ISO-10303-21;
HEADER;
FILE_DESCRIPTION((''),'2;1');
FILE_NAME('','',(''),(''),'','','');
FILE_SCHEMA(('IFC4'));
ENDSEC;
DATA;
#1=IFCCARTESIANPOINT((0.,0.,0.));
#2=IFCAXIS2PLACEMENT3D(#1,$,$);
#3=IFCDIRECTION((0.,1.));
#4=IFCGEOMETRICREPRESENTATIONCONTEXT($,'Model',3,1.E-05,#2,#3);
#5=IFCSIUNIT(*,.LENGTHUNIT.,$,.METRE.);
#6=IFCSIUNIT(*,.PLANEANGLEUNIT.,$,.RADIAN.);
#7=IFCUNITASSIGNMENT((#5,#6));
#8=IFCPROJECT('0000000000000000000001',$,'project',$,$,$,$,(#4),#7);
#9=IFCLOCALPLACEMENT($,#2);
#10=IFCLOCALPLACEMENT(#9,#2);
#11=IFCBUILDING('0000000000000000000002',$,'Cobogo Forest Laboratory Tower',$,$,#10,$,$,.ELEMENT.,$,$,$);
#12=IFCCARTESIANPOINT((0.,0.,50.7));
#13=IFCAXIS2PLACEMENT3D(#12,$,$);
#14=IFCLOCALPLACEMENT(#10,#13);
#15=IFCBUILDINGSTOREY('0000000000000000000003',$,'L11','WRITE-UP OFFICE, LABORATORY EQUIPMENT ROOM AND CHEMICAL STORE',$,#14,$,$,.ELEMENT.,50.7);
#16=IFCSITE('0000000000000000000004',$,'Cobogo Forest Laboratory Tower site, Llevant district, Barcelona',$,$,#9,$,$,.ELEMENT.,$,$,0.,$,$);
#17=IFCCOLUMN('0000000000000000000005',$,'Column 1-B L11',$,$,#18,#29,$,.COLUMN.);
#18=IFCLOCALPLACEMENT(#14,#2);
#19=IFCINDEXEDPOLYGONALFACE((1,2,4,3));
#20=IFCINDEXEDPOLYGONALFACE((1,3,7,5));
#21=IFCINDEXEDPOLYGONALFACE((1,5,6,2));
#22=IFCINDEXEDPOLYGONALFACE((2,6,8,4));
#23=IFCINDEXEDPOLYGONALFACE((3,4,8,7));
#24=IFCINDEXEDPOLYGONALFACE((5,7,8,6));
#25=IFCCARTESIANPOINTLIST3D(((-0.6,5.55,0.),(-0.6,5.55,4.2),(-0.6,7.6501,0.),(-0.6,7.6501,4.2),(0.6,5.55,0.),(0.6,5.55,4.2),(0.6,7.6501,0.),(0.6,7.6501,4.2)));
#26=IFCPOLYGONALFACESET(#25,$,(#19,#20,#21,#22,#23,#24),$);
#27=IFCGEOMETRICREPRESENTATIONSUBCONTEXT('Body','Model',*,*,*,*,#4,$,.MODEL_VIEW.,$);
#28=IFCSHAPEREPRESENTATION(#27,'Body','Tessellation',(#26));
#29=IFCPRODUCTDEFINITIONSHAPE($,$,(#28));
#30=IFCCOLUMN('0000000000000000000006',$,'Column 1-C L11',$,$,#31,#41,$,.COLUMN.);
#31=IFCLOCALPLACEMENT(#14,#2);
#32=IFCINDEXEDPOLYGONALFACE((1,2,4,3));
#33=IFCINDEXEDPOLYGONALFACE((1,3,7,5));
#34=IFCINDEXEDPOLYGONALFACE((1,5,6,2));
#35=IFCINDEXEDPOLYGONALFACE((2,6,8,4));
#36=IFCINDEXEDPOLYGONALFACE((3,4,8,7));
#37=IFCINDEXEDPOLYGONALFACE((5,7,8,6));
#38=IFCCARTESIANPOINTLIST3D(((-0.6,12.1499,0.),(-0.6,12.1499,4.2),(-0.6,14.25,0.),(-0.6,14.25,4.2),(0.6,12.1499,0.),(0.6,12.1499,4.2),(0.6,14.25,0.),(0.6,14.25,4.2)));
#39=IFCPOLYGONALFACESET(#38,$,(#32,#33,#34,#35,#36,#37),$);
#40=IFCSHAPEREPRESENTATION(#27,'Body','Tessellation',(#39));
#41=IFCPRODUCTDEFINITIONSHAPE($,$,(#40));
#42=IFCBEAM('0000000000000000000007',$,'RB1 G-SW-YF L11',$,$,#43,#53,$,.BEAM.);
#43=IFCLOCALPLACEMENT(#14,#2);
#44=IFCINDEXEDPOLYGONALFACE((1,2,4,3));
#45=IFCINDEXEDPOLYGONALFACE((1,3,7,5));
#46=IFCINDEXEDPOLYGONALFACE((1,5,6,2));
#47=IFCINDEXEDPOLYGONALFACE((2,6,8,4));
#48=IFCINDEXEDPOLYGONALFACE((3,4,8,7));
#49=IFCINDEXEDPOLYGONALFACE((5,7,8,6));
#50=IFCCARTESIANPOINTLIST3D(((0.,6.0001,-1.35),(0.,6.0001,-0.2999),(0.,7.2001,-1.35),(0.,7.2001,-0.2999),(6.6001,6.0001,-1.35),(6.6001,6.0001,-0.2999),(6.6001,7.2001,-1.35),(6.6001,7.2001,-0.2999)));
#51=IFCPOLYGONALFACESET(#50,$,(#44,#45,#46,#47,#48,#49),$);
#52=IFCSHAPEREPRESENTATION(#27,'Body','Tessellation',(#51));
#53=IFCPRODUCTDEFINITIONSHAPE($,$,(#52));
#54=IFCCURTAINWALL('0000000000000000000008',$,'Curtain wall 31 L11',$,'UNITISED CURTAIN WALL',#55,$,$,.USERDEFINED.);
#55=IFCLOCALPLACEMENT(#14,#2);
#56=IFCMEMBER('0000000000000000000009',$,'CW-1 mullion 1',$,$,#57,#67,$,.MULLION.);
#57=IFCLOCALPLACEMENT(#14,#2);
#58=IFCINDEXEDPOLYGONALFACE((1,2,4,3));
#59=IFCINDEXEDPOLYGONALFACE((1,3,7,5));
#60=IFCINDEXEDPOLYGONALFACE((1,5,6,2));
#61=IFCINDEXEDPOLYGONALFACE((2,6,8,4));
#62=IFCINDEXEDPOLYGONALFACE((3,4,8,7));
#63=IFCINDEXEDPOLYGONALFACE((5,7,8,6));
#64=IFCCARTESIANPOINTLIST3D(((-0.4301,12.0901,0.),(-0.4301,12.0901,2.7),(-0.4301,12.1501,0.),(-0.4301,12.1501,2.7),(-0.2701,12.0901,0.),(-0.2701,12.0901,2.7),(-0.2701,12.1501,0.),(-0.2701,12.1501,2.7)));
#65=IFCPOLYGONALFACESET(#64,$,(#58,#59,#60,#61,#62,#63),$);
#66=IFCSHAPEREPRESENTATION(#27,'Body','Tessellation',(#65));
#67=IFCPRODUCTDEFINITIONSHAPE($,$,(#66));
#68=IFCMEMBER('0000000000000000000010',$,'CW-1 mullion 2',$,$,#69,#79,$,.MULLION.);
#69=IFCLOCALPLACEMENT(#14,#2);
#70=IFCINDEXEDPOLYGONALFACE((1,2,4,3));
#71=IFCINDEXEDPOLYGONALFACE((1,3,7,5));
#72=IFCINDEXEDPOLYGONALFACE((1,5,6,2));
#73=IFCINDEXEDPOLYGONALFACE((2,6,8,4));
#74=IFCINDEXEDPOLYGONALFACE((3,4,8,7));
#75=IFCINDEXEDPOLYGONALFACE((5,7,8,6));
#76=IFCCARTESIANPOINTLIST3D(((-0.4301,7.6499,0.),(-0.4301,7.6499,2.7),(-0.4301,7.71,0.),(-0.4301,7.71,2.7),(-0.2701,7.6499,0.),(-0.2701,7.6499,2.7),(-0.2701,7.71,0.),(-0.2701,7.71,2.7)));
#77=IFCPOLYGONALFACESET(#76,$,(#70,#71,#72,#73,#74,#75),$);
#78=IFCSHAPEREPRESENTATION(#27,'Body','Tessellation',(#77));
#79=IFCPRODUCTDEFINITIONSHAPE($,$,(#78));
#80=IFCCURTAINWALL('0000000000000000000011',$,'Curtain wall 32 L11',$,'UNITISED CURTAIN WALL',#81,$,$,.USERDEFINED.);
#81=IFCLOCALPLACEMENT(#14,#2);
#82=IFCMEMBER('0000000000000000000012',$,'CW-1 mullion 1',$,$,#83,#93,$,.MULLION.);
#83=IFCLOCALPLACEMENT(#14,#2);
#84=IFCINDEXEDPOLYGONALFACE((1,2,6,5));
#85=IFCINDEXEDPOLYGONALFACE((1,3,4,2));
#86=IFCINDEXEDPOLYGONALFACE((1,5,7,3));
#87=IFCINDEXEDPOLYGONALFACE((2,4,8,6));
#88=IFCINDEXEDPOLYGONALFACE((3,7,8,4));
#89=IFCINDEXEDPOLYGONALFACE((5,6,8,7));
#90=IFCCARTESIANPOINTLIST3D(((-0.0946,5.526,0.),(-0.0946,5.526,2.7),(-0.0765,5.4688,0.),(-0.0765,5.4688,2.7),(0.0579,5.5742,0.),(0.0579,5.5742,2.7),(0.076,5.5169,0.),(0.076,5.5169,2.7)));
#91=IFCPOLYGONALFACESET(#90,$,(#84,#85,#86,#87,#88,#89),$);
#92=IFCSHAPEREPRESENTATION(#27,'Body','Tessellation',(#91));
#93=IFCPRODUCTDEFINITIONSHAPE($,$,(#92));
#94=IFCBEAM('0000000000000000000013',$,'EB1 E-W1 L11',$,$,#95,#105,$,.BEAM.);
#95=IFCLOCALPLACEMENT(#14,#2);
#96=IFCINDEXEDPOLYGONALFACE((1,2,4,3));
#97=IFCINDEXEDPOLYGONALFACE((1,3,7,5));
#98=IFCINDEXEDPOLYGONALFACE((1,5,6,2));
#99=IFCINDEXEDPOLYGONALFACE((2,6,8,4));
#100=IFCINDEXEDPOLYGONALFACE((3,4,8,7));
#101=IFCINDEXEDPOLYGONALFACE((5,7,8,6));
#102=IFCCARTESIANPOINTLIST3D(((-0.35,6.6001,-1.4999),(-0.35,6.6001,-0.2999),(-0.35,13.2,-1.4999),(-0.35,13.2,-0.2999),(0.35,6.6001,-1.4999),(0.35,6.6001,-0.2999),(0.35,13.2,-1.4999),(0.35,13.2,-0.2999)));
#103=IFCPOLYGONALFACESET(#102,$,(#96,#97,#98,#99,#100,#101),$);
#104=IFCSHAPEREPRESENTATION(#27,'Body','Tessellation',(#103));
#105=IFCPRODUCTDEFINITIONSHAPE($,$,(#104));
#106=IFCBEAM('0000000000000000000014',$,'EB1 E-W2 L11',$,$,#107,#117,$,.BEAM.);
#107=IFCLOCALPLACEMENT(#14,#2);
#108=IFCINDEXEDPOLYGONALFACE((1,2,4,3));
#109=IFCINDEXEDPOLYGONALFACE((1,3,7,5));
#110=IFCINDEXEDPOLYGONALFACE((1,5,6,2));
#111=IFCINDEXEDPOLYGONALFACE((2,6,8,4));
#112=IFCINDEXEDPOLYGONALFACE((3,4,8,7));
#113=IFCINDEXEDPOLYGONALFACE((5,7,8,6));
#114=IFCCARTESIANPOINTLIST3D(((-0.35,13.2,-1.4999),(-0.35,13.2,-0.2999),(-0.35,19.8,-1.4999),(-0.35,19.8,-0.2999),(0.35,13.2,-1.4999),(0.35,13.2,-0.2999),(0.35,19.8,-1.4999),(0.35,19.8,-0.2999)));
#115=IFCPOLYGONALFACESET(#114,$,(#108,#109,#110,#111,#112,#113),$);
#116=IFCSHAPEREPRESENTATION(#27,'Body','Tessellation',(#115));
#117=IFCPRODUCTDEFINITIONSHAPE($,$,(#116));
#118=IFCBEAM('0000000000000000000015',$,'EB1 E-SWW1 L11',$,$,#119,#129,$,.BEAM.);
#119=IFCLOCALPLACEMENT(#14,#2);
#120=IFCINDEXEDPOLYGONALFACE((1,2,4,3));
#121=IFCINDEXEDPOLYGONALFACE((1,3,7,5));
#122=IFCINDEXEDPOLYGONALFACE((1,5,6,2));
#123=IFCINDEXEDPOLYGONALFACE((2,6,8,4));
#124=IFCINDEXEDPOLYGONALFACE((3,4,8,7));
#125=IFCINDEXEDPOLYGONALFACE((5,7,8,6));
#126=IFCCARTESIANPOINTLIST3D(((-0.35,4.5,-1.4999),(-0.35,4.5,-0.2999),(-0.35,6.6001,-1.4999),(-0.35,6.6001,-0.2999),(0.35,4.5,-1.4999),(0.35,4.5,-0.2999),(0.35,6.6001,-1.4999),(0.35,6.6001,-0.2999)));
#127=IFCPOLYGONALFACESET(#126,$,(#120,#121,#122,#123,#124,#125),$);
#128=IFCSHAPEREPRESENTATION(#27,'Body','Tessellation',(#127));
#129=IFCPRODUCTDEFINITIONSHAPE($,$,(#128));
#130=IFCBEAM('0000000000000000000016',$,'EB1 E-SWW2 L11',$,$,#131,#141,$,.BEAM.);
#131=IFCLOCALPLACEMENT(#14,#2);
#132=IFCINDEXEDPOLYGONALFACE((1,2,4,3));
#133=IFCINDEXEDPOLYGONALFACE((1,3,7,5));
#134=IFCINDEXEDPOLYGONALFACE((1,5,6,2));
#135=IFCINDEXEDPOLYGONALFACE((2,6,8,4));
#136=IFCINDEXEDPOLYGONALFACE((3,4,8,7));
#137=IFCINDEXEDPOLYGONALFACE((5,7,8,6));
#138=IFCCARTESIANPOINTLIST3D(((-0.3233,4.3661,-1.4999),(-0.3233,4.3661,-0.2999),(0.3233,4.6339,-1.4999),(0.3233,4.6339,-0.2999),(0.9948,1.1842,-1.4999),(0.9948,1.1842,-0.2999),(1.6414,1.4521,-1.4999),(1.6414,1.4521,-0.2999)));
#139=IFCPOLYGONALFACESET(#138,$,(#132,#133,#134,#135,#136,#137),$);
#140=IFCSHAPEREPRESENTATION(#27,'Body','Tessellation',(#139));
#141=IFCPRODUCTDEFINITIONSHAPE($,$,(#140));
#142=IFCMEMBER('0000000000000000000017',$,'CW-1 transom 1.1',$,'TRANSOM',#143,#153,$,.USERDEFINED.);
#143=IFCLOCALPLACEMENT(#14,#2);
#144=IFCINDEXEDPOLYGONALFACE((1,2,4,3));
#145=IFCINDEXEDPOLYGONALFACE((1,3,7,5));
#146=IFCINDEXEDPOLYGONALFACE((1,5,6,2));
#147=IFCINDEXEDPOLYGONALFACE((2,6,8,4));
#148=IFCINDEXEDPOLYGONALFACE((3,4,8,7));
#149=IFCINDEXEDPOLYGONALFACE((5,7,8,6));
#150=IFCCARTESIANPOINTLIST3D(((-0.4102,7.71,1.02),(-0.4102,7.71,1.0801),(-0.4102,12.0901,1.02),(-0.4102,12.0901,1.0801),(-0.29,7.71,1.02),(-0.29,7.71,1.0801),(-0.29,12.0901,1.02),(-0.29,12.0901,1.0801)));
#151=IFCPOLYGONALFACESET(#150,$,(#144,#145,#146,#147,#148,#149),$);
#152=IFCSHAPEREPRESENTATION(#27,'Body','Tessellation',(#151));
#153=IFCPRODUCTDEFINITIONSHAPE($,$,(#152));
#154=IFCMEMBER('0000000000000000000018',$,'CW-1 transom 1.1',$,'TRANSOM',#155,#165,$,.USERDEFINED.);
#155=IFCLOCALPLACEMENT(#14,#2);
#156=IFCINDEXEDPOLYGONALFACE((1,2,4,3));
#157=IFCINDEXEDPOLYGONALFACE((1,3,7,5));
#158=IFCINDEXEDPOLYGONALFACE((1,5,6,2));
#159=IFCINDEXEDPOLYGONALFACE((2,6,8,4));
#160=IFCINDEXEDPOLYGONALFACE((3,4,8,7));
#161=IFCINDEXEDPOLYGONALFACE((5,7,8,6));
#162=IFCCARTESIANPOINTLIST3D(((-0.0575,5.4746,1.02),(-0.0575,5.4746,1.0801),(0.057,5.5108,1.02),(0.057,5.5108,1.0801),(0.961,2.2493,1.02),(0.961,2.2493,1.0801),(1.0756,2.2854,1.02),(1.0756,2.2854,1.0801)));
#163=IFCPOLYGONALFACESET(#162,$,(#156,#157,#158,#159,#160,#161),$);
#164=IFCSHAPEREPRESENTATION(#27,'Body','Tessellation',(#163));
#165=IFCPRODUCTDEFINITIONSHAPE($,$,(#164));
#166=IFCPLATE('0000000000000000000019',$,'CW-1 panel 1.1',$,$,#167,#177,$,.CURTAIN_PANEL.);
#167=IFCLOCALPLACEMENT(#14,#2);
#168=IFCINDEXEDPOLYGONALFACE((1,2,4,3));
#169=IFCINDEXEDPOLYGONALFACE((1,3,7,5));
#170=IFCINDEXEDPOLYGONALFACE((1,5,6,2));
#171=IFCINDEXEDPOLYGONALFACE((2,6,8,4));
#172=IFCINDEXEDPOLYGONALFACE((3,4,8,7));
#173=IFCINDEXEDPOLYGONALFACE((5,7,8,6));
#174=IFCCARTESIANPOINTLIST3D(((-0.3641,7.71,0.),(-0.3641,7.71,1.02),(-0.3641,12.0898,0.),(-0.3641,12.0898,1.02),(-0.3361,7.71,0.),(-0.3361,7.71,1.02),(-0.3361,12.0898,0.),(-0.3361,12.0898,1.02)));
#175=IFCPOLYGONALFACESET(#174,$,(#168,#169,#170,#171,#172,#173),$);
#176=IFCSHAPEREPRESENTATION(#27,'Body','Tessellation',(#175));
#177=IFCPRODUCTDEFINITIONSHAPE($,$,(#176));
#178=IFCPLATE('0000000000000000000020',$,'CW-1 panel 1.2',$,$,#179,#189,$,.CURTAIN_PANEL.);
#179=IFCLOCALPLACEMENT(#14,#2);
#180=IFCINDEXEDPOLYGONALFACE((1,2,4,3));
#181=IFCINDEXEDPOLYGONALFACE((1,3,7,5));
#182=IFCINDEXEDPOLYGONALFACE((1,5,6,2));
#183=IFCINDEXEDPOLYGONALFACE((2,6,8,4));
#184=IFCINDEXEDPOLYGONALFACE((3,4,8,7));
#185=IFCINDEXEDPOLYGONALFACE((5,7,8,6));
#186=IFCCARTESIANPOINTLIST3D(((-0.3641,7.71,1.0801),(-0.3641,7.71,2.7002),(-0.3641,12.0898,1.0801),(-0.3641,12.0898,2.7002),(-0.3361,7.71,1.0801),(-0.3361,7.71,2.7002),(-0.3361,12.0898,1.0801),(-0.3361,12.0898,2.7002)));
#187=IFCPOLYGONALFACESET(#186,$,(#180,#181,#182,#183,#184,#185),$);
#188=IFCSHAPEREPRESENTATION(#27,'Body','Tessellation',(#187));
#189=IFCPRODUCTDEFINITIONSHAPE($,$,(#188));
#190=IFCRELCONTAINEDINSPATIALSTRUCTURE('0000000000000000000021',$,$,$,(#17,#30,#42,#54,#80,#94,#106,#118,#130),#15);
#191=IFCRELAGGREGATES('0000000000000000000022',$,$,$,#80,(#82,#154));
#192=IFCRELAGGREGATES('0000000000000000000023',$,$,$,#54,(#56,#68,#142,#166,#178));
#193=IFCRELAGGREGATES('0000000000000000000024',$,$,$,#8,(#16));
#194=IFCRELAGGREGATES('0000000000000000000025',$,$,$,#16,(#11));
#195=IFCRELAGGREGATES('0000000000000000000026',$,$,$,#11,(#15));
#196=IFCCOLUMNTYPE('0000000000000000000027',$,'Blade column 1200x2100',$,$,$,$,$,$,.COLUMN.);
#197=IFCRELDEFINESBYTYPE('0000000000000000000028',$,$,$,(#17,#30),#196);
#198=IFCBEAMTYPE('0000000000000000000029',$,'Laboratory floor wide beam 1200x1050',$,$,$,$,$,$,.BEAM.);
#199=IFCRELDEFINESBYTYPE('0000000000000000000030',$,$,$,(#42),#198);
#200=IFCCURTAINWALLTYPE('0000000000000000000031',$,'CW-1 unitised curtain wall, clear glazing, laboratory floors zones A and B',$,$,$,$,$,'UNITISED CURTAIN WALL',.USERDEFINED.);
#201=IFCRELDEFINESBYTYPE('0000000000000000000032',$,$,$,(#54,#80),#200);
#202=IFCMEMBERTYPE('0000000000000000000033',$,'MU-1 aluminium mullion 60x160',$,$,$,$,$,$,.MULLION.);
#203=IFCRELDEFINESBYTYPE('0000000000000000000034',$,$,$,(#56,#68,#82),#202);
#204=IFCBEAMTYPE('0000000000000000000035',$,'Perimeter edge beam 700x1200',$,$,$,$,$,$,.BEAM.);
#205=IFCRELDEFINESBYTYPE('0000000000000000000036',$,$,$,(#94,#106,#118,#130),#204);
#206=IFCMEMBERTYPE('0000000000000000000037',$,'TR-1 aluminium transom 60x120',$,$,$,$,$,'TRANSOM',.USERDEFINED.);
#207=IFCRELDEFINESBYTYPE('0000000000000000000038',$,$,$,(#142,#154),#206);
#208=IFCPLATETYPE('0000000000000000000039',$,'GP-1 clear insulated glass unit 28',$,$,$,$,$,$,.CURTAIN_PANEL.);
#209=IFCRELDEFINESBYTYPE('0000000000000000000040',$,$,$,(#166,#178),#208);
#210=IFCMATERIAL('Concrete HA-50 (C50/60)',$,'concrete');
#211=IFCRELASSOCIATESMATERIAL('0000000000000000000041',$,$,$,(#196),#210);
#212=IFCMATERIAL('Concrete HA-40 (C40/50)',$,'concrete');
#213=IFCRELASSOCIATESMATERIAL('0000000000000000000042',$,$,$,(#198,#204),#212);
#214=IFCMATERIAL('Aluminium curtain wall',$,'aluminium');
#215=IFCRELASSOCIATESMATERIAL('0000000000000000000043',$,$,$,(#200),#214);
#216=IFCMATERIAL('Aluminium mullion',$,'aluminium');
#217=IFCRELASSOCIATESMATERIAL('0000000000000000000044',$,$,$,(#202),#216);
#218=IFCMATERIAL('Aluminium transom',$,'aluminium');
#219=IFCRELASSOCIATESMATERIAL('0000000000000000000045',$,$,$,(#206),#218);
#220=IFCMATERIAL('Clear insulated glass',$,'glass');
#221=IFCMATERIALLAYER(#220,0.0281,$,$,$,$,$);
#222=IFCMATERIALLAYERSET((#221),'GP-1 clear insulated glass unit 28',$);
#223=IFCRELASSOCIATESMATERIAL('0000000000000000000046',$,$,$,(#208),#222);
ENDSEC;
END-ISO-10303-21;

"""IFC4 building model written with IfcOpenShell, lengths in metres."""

from ifc_helpers import new_model, si_unit, direction, frame, origin, origin_2d, place, context, subcontext, project, spatial, rectangle, extrude, material, layer, layer_set, material_profile, profile_set, type_object, element, aggregate, save


model = new_model("IFC4")

# Units and contexts
model_context = context("Model", 3, precision=1e-05, world=origin(), true_north=direction((0.0, 1.0)))
body_context = subcontext(model_context, "Body", "Model", "MODEL_VIEW")
ifc_project = project(units=[si_unit("LENGTHUNIT", "METRE"), si_unit("PLANEANGLEUNIT", "RADIAN")], contexts=[model_context])

# Site, building, storey
site_placement = place(None, origin())
site = spatial("IfcSite", under=ifc_project, at=site_placement, Name="Cobogo Forest Laboratory Tower site, Llevant district, Barcelona", CompositionType="ELEMENT", RefElevation=0.0)
building_placement = place(site_placement, origin())
building = spatial("IfcBuilding", under=site, at=building_placement, Name="Cobogo Forest Laboratory Tower", CompositionType="ELEMENT")
storey_placement = place(building_placement, frame((0.0, 0.0, 50.7)))
storey = spatial("IfcBuildingStorey", under=building, at=storey_placement, Name="L11", Description="WRITE-UP OFFICE, LABORATORY EQUIPMENT ROOM AND CHEMICAL STORE", CompositionType="ELEMENT", Elevation=50.7)

# Columns
ifc_material_1 = material(Name="Concrete HA-50 (C50/60)", Category="concrete")
ifc_material_profile_1 = material_profile(ifc_material_1, rectangle(XDim=2.1001, YDim=1.2, at=origin_2d()), Name="RC 1200x2100")
ifc_profile_set_1 = profile_set([ifc_material_profile_1], Name="Concrete HA-50 (C50/60)")
column_type = type_object("IfcColumnType", Name="Blade column 1200x2100", PredefinedType="COLUMN", material=ifc_profile_set_1)
for number, where, z_axis, x_axis, name in (
    (1, (0.0, 6.6001, 0.0), (0.0, 0.0, 1.0), (0.0, 1.0, 0.0), "Column 1-B L11"),
    (2, (0.0, 13.2, 0.0), (0.0, 0.0, 1.0), (0.0, 1.0, 0.0), "Column 1-C L11"),
):
    element("IfcColumn", number, at=place(storey_placement, frame(where, z_axis=z_axis, x_axis=x_axis)), inside=storey, type_object=column_type, Name=name, PredefinedType="COLUMN", context=body_context, shape_type="SweptSolid", body=[
        extrude(rectangle(XDim=2.1001, YDim=1.2, at=origin_2d()), origin(), (0.0, 0.0, 1.0), 4.2),
    ])

# Beam
ifc_material_2 = material(Name="Concrete HA-40 (C40/50)", Category="concrete")
ifc_material_profile_2 = material_profile(ifc_material_2, rectangle(XDim=1.2, YDim=1.05, at=origin_2d()), Name="RC 1200x1050")
ifc_profile_set_2 = profile_set([ifc_material_profile_2], Name="Concrete HA-40 (C40/50)")
beam_type_1 = type_object("IfcBeamType", Name="Laboratory floor wide beam 1200x1050", PredefinedType="BEAM", material=ifc_profile_set_2)
beam_1_placement = place(storey_placement, frame((0.0, 6.6001, -0.825), z_axis=(1.0, 0.0, 0.0), x_axis=(0.0, 1.0, 0.0)))
element("IfcBeam", 3, at=beam_1_placement, inside=storey, type_object=beam_type_1, Name="RB1 G-SW-YF L11", PredefinedType="BEAM", context=body_context, shape_type="SweptSolid", body=[
    extrude(rectangle(XDim=1.2, YDim=1.05, at=origin_2d()), origin(), (0.0, 0.0, 1.0), 6.6001),
])

# Curtain wall, members
ifc_material_3 = material(Name="Aluminium curtain wall", Category="aluminium")
curtain_wall_type = type_object("IfcCurtainWallType", Name="CW-1 unitised curtain wall, clear glazing, laboratory floors zones A and B", ElementType="UNITISED CURTAIN WALL", PredefinedType="USERDEFINED", material=ifc_material_3)
curtain_wall_1_placement = place(storey_placement, origin())
curtain_wall_1 = element("IfcCurtainWall", 4, at=curtain_wall_1_placement, inside=storey, type_object=curtain_wall_type, Name="Curtain wall 31 L11", ObjectType="UNITISED CURTAIN WALL", PredefinedType="USERDEFINED")
ifc_material_4 = material(Name="Aluminium mullion", Category="aluminium")
ifc_material_profile_3 = material_profile(ifc_material_4, rectangle(XDim=0.0601, YDim=0.1599, at=origin_2d()), Name="AL 60x160")
ifc_profile_set_3 = profile_set([ifc_material_profile_3], Name="Aluminium mullion")
member_type_1 = type_object("IfcMemberType", Name="MU-1 aluminium mullion 60x160", PredefinedType="MULLION", material=ifc_profile_set_3)
member_1_placement = place(storey_placement, frame((-0.3501, 12.1201, 0.0), z_axis=(0.0, 0.0, 1.0), x_axis=(0.0, -1.0, 0.0)))
member_1 = element("IfcMember", 5, at=member_1_placement, type_object=member_type_1, Name="CW-1 mullion 1", PredefinedType="MULLION", context=body_context, shape_type="SweptSolid", body=[
    extrude(rectangle(XDim=0.0601, YDim=0.1599, at=origin_2d()), origin(), (0.0, 0.0, 1.0), 2.7),
])
member_2_placement = place(storey_placement, frame((-0.3501, 7.6799, 0.0), z_axis=(0.0, 0.0, 1.0), x_axis=(0.0, -1.0, 0.0)))
member_2 = element("IfcMember", 6, at=member_2_placement, type_object=member_type_1, Name="CW-1 mullion 2", PredefinedType="MULLION", context=body_context, shape_type="SweptSolid", body=[
    extrude(rectangle(XDim=0.0601, YDim=0.1599, at=origin_2d()), origin(), (0.0, 0.0, 1.0), 2.7),
])

# Curtain wall, member
curtain_wall_2_placement = place(storey_placement, origin())
curtain_wall_2 = element("IfcCurtainWall", 7, at=curtain_wall_2_placement, inside=storey, type_object=curtain_wall_type, Name="Curtain wall 32 L11", ObjectType="UNITISED CURTAIN WALL", PredefinedType="USERDEFINED")
member_3_placement = place(storey_placement, frame((-0.0093, 5.5215, 0.0), z_axis=(0.0, 0.0, 1.0), x_axis=(0.301135, -0.953581, 0.0)))
member_3 = element("IfcMember", 8, at=member_3_placement, type_object=member_type_1, Name="CW-1 mullion 1", PredefinedType="MULLION", context=body_context, shape_type="SweptSolid", body=[
    extrude(rectangle(XDim=0.0601, YDim=0.1599, at=origin_2d()), origin(), (0.0, 0.0, 1.0), 2.7),
])

# Beams
ifc_material_profile_4 = material_profile(ifc_material_2, rectangle(XDim=0.7, YDim=1.2, at=origin_2d()), Name="RC 700x1200")
ifc_profile_set_4 = profile_set([ifc_material_profile_4], Name="Concrete HA-40 (C40/50)")
beam_type_2 = type_object("IfcBeamType", Name="Perimeter edge beam 700x1200", PredefinedType="BEAM", material=ifc_profile_set_4)
beam_2_placement = place(storey_placement, frame((0.0, 6.6001, -0.8999), z_axis=(0.0, 1.0, 0.0), x_axis=(-1.0, 0.0, 0.0)))
element("IfcBeam", 9, at=beam_2_placement, inside=storey, type_object=beam_type_2, Name="EB1 E-W1 L11", PredefinedType="BEAM", context=body_context, shape_type="SweptSolid", body=[
    extrude(rectangle(XDim=0.7, YDim=1.2, at=origin_2d()), origin(), (0.0, 0.0, 1.0), 6.5999),
])
beam_3_placement = place(storey_placement, frame((0.0, 13.2, -0.8999), z_axis=(0.0, 1.0, 0.0), x_axis=(-1.0, 0.0, 0.0)))
element("IfcBeam", 10, at=beam_3_placement, inside=storey, type_object=beam_type_2, Name="EB1 E-W2 L11", PredefinedType="BEAM", context=body_context, shape_type="SweptSolid", body=[
    extrude(rectangle(XDim=0.7, YDim=1.2, at=origin_2d()), origin(), (0.0, 0.0, 1.0), 6.6001),
])
beam_4_placement = place(storey_placement, frame((0.0, 6.6001, -0.8999), z_axis=(0.0, -1.0, 0.0), x_axis=(1.0, 0.0, 0.0)))
element("IfcBeam", 11, at=beam_4_placement, inside=storey, type_object=beam_type_2, Name="EB1 E-SWW1 L11", PredefinedType="BEAM", context=body_context, shape_type="SweptSolid", body=[
    extrude(rectangle(XDim=0.7, YDim=1.2, at=origin_2d()), origin(), (0.0, 0.0, 1.0), 2.1001),
])
beam_5_placement = place(storey_placement, frame((0.0, 4.5, -0.8999), z_axis=(0.382717, -0.923866, 0.0), x_axis=(0.923866, 0.382717, 0.0)))
element("IfcBeam", 12, at=beam_5_placement, inside=storey, type_object=beam_type_2, Name="EB1 E-SWW2 L11", PredefinedType="BEAM", context=body_context, shape_type="SweptSolid", body=[
    extrude(rectangle(XDim=0.7, YDim=1.2, at=origin_2d()), origin(), (0.0, 0.0, 1.0), 3.4441),
])

# Members
ifc_material_5 = material(Name="Aluminium transom", Category="aluminium")
ifc_material_profile_5 = material_profile(ifc_material_5, rectangle(XDim=0.1201, YDim=0.0601, at=origin_2d()), Name="AL 60x120")
ifc_profile_set_5 = profile_set([ifc_material_profile_5], Name="Aluminium transom")
member_type_2 = type_object("IfcMemberType", Name="TR-1 aluminium transom 60x120", ElementType="TRANSOM", PredefinedType="USERDEFINED", material=ifc_profile_set_5)
member_4_placement = place(storey_placement, frame((-0.3501, 12.0901, 1.05), z_axis=(0.0, -1.0, 0.0), x_axis=(1.0, 0.0, 0.0)))
member_4 = element("IfcMember", 13, at=member_4_placement, type_object=member_type_2, Name="CW-1 transom 1.1", ObjectType="TRANSOM", PredefinedType="USERDEFINED", context=body_context, shape_type="SweptSolid", body=[
    extrude(rectangle(XDim=0.1201, YDim=0.0601, at=origin_2d()), origin(), (0.0, 0.0, 1.0), 4.3801),
])
member_5_placement = place(storey_placement, frame((-0.0002, 5.4927, 1.05), z_axis=(0.301138, -0.95358, 0.0), x_axis=(0.95358, 0.301138, 0.0)))
member_5 = element("IfcMember", 14, at=member_5_placement, type_object=member_type_2, Name="CW-1 transom 1.1", ObjectType="TRANSOM", PredefinedType="USERDEFINED", context=body_context, shape_type="SweptSolid", body=[
    extrude(rectangle(XDim=0.1201, YDim=0.0601, at=origin_2d()), origin(), (0.0, 0.0, 1.0), 3.3823),
])
aggregate(curtain_wall_2, [member_3, member_5])

# Plates
ifc_material_6 = material(Name="Clear insulated glass", Category="glass")
ifc_layer_1 = layer(ifc_material_6, 0.0281)
ifc_layer_set_1 = layer_set([ifc_layer_1], Name="GP-1 clear insulated glass unit 28")
plate_type_1 = type_object("IfcPlateType", Name="GP-1 clear insulated glass unit 28", PredefinedType="CURTAIN_PANEL", material=ifc_layer_set_1)
plate_1_placement = place(storey_placement, frame((-0.3501, 9.8999, 0.0), z_axis=(0.0, 0.0, 1.0), x_axis=(0.0, -1.0, 0.0)))
plate_1 = element("IfcPlate", 15, at=plate_1_placement, type_object=plate_type_1, Name="CW-1 panel 1.1", PredefinedType="CURTAIN_PANEL", context=body_context, shape_type="SweptSolid", body=[
    extrude(rectangle(XDim=4.3799, YDim=0.0281, at=origin_2d()), origin(), (0.0, 0.0, 1.0), 1.02),
])
plate_2_placement = place(storey_placement, frame((-0.3501, 9.8999, 1.0801), z_axis=(0.0, 0.0, 1.0), x_axis=(0.0, -1.0, 0.0)))
plate_2 = element("IfcPlate", 16, at=plate_2_placement, type_object=plate_type_1, Name="CW-1 panel 1.2", PredefinedType="CURTAIN_PANEL", context=body_context, shape_type="SweptSolid", body=[
    extrude(rectangle(XDim=4.3799, YDim=0.0281, at=origin_2d()), origin(), (0.0, 0.0, 1.0), 1.6201),
])
aggregate(curtain_wall_1, [member_1, member_2, member_4, plate_1, plate_2])

save(model, "model.ifc")
